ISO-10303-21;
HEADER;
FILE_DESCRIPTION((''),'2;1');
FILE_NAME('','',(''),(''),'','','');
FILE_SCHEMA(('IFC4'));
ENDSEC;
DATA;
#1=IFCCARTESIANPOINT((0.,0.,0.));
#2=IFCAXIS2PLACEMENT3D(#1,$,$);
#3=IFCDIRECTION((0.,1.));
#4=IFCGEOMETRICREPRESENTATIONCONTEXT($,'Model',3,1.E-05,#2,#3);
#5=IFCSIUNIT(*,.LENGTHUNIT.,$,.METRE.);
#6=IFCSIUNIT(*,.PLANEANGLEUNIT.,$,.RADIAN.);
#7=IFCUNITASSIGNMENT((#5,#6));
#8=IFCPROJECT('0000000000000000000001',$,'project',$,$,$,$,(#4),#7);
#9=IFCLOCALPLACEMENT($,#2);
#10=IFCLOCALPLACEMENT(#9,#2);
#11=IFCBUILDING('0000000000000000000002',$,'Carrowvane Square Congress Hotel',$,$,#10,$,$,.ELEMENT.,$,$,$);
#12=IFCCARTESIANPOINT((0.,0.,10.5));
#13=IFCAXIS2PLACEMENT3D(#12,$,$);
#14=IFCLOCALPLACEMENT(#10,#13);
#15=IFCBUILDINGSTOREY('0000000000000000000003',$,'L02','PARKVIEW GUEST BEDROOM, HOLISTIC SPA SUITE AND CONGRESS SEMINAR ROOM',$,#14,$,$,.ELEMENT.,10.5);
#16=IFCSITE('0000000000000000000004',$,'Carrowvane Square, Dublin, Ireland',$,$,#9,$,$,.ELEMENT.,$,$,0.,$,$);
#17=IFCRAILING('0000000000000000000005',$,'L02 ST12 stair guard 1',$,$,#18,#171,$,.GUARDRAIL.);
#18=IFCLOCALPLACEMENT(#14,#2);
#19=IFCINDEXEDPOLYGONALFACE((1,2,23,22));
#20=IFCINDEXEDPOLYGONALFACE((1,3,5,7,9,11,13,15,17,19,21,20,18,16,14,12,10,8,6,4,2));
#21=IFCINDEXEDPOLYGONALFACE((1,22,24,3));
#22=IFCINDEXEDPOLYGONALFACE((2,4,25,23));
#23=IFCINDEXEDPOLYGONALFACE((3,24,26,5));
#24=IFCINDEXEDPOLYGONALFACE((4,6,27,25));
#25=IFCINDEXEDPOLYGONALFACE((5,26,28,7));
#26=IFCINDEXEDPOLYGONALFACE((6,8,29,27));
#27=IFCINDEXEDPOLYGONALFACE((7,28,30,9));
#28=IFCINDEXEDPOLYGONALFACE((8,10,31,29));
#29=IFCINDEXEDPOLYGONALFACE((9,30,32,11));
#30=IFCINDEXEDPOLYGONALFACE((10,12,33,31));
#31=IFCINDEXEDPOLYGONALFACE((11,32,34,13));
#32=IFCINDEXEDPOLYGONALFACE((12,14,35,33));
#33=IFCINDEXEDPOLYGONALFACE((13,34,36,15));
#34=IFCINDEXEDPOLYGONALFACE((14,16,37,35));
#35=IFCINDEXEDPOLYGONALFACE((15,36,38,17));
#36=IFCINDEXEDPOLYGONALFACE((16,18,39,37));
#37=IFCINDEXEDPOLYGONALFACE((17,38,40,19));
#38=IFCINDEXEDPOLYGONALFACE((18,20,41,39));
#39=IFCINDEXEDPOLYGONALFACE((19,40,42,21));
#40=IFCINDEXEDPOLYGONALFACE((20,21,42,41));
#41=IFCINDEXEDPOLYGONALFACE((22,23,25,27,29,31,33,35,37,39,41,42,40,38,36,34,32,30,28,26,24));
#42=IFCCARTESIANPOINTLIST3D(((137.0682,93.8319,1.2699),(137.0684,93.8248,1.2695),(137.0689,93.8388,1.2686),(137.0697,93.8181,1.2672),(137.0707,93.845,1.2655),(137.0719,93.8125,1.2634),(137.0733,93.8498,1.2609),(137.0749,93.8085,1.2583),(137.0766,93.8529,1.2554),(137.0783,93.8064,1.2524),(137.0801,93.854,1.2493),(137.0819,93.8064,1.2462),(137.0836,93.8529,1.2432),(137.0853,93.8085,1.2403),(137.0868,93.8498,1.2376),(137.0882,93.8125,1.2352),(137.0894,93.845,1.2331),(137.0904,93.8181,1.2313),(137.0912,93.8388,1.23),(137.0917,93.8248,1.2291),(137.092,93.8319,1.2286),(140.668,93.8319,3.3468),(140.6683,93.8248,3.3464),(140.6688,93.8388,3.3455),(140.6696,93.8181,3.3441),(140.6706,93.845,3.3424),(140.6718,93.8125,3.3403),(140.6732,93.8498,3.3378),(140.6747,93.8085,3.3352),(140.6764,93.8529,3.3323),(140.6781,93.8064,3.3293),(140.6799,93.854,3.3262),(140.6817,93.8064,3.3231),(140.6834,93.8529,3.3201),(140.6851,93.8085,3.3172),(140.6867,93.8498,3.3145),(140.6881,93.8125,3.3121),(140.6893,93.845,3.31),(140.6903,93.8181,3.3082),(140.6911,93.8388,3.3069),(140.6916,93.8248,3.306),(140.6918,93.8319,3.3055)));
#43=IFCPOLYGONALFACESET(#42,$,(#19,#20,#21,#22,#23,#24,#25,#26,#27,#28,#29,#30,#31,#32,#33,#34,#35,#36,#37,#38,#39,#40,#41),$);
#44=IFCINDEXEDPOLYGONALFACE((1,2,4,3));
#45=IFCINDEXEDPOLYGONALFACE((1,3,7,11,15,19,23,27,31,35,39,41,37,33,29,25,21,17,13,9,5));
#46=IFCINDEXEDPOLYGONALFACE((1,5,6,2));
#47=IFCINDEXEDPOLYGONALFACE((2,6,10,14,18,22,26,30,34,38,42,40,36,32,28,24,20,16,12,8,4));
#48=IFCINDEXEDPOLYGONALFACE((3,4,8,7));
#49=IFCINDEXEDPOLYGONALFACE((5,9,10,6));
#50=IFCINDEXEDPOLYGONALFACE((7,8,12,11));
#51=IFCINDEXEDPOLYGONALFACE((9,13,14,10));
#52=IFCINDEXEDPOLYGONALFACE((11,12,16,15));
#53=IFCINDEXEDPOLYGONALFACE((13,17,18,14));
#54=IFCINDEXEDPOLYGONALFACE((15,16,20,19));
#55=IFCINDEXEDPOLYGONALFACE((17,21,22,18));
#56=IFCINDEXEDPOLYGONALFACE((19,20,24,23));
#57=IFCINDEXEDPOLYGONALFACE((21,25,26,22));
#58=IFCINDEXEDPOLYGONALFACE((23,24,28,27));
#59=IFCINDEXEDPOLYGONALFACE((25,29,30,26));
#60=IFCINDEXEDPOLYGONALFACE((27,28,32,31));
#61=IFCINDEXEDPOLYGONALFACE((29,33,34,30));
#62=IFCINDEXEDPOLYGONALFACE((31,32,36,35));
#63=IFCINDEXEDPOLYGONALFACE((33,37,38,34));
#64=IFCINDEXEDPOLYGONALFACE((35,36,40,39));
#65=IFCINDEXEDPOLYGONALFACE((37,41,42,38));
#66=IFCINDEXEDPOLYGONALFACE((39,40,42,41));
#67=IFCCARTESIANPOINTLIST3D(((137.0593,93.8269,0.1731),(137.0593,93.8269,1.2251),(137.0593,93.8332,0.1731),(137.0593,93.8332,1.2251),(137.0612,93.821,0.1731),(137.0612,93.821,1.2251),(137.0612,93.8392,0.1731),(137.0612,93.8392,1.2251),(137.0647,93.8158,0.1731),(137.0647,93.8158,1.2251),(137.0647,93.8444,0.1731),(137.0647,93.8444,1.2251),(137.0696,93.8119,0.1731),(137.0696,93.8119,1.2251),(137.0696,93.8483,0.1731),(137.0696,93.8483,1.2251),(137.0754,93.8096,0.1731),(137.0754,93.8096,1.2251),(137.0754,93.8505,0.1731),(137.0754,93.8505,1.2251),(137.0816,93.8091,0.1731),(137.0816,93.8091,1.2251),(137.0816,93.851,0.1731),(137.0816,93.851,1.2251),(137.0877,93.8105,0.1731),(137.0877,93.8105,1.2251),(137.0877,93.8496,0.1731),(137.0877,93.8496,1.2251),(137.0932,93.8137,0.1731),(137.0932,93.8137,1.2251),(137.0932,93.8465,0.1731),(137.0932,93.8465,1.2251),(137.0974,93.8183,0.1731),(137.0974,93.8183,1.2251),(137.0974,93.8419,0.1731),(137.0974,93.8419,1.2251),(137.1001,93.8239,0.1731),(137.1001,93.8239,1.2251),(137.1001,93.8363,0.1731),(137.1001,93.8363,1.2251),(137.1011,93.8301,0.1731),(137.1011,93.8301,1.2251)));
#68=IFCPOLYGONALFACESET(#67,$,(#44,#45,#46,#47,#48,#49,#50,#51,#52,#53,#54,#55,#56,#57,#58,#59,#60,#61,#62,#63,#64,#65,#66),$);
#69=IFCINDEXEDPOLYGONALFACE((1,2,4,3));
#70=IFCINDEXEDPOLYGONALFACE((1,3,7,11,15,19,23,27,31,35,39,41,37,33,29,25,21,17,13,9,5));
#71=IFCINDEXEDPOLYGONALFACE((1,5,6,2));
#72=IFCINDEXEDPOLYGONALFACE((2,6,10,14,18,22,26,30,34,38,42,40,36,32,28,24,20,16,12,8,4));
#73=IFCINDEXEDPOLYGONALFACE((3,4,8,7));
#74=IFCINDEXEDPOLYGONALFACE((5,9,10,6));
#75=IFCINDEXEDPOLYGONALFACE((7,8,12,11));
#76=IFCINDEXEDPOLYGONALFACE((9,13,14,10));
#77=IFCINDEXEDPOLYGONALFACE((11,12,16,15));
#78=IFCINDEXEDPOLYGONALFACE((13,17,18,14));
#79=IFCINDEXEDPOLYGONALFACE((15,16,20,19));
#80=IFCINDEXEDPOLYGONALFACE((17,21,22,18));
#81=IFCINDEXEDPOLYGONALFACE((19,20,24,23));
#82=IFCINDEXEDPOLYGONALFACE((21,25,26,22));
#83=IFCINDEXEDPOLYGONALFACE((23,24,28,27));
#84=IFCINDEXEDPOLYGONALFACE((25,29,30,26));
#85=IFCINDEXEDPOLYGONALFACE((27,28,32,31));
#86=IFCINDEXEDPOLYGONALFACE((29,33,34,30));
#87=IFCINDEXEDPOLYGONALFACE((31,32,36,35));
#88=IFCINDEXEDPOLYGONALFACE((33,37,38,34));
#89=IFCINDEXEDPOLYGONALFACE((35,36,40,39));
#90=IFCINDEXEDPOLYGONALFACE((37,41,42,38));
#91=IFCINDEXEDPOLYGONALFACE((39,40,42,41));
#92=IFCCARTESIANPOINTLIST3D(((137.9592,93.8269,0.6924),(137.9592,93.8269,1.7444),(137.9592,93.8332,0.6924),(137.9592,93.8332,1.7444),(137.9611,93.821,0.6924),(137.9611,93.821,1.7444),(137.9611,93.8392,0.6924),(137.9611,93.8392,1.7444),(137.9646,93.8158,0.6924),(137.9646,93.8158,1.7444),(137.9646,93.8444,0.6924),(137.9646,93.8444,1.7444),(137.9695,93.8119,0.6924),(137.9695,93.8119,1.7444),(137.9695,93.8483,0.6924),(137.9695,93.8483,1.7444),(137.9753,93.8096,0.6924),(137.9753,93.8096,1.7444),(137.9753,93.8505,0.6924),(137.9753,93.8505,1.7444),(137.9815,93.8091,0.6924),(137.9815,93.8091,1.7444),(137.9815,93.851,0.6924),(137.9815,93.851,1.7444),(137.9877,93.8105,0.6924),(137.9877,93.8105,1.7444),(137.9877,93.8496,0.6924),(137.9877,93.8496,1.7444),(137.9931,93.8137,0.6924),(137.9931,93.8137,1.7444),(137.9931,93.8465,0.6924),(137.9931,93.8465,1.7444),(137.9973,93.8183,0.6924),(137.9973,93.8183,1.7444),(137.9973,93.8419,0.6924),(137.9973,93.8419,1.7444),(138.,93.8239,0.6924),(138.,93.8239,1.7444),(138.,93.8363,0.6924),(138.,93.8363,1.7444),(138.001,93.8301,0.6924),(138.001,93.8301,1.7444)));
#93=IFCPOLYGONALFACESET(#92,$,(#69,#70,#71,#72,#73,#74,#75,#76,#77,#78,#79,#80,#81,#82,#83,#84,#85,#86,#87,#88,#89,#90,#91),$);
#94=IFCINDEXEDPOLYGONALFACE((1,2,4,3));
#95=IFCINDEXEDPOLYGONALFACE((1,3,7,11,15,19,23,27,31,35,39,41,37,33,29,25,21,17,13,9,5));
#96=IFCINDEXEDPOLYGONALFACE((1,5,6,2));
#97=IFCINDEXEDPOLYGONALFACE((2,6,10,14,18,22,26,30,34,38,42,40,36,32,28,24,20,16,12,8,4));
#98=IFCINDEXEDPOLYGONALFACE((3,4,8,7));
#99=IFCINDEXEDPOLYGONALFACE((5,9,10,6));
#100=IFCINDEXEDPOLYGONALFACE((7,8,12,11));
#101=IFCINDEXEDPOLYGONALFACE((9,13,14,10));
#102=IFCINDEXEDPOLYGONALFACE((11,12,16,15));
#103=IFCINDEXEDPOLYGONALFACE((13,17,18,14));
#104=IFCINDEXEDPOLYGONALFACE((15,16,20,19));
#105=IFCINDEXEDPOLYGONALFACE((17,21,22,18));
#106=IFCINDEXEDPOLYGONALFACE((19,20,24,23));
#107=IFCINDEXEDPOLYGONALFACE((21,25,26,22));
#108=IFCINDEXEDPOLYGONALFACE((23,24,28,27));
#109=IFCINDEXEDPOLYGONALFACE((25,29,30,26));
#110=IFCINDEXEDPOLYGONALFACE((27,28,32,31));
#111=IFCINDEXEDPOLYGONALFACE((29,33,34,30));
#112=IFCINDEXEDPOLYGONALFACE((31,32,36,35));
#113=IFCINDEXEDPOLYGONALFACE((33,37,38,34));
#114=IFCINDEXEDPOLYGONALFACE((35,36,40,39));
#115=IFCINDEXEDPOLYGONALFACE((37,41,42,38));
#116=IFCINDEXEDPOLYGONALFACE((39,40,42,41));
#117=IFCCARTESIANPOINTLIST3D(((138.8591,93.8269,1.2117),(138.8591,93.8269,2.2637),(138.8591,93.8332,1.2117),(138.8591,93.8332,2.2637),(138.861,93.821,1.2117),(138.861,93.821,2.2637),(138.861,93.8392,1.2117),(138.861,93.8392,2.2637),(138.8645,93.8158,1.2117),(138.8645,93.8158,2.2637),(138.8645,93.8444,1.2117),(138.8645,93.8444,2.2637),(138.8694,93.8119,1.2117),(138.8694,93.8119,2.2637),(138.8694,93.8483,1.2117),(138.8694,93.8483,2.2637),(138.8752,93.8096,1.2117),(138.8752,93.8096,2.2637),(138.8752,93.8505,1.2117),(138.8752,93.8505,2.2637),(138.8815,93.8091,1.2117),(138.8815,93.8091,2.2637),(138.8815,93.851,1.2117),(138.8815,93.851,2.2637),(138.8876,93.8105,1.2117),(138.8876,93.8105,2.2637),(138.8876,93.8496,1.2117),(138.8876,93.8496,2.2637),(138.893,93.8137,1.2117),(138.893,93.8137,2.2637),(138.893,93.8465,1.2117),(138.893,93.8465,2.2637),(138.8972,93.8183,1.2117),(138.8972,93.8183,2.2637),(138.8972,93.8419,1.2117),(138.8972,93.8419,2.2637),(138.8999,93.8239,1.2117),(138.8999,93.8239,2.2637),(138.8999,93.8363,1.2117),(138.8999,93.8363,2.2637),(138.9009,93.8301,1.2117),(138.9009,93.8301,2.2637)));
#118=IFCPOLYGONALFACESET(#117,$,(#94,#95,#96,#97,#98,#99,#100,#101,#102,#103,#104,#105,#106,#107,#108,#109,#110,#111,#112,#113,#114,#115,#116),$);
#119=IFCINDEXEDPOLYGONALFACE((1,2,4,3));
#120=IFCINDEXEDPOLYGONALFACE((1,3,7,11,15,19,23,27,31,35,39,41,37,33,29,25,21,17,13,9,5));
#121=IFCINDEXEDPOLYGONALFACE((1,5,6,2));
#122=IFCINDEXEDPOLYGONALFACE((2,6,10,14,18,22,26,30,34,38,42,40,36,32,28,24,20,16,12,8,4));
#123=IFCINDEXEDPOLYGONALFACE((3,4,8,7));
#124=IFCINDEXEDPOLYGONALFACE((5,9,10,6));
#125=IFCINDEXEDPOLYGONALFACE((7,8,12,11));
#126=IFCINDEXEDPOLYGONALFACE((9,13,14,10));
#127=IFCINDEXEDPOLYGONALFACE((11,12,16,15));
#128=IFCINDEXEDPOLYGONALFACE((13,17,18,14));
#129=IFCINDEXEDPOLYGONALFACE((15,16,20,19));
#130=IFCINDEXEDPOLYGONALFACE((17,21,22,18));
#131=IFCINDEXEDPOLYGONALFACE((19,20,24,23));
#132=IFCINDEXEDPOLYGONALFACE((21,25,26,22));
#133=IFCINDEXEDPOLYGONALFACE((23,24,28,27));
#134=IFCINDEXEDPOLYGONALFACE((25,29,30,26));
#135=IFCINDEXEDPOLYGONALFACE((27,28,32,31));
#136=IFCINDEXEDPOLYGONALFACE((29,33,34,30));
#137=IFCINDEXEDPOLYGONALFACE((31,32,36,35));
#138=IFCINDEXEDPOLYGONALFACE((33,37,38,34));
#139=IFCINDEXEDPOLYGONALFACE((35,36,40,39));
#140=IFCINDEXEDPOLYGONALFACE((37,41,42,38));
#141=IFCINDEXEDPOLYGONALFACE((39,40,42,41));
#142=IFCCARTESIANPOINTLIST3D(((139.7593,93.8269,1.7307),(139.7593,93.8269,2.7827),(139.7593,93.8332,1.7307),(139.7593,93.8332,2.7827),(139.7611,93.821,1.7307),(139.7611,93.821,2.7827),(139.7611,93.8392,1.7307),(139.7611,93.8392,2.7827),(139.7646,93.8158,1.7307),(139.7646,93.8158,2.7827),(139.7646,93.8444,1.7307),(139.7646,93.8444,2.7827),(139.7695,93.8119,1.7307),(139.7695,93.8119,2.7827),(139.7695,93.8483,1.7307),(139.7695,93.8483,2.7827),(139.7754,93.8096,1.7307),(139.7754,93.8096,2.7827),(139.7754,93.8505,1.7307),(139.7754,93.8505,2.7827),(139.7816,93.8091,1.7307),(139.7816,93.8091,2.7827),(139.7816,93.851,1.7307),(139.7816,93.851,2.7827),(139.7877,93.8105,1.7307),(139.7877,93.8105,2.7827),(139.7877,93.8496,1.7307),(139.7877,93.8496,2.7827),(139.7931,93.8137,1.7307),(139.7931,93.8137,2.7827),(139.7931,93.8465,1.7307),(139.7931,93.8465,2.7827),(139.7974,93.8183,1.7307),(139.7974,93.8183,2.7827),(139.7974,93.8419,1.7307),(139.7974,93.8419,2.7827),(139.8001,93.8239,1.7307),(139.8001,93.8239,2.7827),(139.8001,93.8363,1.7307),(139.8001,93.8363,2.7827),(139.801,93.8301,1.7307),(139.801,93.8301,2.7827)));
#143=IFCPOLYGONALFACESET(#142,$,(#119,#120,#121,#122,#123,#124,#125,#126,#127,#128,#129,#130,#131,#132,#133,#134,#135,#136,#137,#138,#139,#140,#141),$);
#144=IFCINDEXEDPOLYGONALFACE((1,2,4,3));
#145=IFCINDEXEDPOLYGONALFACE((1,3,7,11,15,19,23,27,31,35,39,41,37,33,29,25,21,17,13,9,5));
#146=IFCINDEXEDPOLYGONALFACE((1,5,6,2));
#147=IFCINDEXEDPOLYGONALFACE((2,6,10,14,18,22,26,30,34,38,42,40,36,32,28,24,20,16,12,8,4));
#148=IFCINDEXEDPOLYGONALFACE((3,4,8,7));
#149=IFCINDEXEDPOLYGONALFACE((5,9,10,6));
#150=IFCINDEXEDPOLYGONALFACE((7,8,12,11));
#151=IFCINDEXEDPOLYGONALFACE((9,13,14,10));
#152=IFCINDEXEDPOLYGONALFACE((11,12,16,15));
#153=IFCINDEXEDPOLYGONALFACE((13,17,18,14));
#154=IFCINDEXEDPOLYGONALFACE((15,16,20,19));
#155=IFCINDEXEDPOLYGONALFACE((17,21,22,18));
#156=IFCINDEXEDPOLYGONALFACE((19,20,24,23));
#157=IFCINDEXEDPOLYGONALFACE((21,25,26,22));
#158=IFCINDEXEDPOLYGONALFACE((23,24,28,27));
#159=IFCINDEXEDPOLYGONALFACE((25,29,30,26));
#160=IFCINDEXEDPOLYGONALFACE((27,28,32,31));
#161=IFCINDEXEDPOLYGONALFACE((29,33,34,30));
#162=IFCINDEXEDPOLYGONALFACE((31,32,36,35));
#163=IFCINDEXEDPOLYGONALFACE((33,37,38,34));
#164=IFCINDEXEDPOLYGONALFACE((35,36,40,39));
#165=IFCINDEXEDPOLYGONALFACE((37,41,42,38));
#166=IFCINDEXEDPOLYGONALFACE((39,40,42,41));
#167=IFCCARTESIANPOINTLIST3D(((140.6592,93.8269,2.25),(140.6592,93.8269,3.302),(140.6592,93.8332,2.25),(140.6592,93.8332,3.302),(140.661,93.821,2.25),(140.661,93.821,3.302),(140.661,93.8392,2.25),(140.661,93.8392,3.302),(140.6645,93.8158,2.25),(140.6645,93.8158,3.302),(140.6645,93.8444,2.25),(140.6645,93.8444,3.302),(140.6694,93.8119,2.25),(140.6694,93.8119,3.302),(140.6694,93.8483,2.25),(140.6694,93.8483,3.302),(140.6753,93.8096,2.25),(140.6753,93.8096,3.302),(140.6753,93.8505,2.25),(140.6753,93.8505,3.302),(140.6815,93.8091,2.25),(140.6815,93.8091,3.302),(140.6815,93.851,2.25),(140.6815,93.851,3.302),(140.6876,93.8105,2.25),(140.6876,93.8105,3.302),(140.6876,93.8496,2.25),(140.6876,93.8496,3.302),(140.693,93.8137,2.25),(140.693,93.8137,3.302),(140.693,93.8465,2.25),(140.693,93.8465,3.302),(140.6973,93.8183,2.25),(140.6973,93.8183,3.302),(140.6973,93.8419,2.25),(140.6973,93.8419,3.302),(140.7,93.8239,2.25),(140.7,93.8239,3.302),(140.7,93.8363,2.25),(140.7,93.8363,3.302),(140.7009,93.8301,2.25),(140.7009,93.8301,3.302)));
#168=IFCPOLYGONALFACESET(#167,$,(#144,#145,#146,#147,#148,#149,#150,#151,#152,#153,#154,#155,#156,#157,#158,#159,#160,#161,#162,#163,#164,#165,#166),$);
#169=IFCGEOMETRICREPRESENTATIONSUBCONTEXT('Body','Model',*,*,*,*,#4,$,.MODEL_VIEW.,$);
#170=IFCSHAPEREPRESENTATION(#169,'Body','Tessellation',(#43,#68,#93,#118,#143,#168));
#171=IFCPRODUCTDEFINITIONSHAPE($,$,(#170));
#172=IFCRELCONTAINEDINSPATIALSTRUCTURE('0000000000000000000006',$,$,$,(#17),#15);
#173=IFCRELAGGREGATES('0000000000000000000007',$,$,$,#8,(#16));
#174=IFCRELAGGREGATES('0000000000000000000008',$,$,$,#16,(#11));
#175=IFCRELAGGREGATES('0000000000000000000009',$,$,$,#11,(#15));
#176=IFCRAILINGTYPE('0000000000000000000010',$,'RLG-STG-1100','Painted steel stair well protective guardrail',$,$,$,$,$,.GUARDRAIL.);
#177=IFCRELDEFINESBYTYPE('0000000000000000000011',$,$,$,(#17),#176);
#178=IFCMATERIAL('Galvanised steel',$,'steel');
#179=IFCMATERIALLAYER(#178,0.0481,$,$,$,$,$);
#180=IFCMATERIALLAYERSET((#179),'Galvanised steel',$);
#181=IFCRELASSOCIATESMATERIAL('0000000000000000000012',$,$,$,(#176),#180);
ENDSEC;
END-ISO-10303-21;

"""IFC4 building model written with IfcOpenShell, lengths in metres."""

from ifc_helpers import new_model, si_unit, direction, frame, origin, origin_2d, place, context, subcontext, project, spatial, circle, extrude, material, layer, layer_set, type_object, element, save


model = new_model("IFC4")

# Units and contexts
model_context = context("Model", 3, precision=1e-05, world=origin(), true_north=direction((0.0, 1.0)))
body_context = subcontext(model_context, "Body", "Model", "MODEL_VIEW")
ifc_project = project(units=[si_unit("LENGTHUNIT", "METRE"), si_unit("PLANEANGLEUNIT", "RADIAN")], contexts=[model_context])

# Site, building, storey
site_placement = place(None, origin())
site = spatial("IfcSite", under=ifc_project, at=site_placement, Name="Carrowvane Square, Dublin, Ireland", CompositionType="ELEMENT", RefElevation=0.0)
building_placement = place(site_placement, origin())
building = spatial("IfcBuilding", under=site, at=building_placement, Name="Carrowvane Square Congress Hotel", CompositionType="ELEMENT")
storey_placement = place(building_placement, frame((0.0, 0.0, 10.5)))
storey = spatial("IfcBuildingStorey", under=building, at=storey_placement, Name="L02", Description="PARKVIEW GUEST BEDROOM, HOLISTIC SPA SUITE AND CONGRESS SEMINAR ROOM", CompositionType="ELEMENT", Elevation=10.5)

# Railing
ifc_material_1 = material(Name="Galvanised steel", Category="steel")
ifc_layer_1 = layer(ifc_material_1, 0.0481)
ifc_layer_set_1 = layer_set([ifc_layer_1], Name="Galvanised steel")
railing_type_1 = type_object("IfcRailingType", Name="RLG-STG-1100", Description="Painted steel stair well protective guardrail", PredefinedType="GUARDRAIL", material=ifc_layer_set_1)
railing_1_placement = place(storey_placement, frame((137.0801, 93.8301, 0.1731)))
element("IfcRailing", 1, at=railing_1_placement, inside=storey, type_object=railing_type_1, Name="L02 ST12 stair guard 1", PredefinedType="GUARDRAIL", context=body_context, shape_type="SweptSolid", body=[
    extrude(circle(Radius=0.0239, at=origin_2d()), frame((0.0, 0.0, 1.0762), z_axis=(0.866179, 0.0, 0.499734), x_axis=(0.0, 1.0, 0.0)), (0.0, 0.0, 1.0), 4.156),
    extrude(circle(Radius=0.021, at=origin_2d()), origin(), (0.0, 0.0, 1.0), 1.052),
    extrude(circle(Radius=0.021, at=origin_2d()), frame((0.8999, 0.0, 0.5193)), (0.0, 0.0, 1.0), 1.052),
    extrude(circle(Radius=0.021, at=origin_2d()), frame((1.7998, 0.0, 1.0386)), (0.0, 0.0, 1.0), 1.052),
    extrude(circle(Radius=0.021, at=origin_2d()), frame((2.7, 0.0, 1.5576)), (0.0, 0.0, 1.0), 1.052),
    extrude(circle(Radius=0.021, at=origin_2d()), frame((3.5999, 0.0, 2.0769)), (0.0, 0.0, 1.0), 1.052),
])

save(model, "model.ifc")
